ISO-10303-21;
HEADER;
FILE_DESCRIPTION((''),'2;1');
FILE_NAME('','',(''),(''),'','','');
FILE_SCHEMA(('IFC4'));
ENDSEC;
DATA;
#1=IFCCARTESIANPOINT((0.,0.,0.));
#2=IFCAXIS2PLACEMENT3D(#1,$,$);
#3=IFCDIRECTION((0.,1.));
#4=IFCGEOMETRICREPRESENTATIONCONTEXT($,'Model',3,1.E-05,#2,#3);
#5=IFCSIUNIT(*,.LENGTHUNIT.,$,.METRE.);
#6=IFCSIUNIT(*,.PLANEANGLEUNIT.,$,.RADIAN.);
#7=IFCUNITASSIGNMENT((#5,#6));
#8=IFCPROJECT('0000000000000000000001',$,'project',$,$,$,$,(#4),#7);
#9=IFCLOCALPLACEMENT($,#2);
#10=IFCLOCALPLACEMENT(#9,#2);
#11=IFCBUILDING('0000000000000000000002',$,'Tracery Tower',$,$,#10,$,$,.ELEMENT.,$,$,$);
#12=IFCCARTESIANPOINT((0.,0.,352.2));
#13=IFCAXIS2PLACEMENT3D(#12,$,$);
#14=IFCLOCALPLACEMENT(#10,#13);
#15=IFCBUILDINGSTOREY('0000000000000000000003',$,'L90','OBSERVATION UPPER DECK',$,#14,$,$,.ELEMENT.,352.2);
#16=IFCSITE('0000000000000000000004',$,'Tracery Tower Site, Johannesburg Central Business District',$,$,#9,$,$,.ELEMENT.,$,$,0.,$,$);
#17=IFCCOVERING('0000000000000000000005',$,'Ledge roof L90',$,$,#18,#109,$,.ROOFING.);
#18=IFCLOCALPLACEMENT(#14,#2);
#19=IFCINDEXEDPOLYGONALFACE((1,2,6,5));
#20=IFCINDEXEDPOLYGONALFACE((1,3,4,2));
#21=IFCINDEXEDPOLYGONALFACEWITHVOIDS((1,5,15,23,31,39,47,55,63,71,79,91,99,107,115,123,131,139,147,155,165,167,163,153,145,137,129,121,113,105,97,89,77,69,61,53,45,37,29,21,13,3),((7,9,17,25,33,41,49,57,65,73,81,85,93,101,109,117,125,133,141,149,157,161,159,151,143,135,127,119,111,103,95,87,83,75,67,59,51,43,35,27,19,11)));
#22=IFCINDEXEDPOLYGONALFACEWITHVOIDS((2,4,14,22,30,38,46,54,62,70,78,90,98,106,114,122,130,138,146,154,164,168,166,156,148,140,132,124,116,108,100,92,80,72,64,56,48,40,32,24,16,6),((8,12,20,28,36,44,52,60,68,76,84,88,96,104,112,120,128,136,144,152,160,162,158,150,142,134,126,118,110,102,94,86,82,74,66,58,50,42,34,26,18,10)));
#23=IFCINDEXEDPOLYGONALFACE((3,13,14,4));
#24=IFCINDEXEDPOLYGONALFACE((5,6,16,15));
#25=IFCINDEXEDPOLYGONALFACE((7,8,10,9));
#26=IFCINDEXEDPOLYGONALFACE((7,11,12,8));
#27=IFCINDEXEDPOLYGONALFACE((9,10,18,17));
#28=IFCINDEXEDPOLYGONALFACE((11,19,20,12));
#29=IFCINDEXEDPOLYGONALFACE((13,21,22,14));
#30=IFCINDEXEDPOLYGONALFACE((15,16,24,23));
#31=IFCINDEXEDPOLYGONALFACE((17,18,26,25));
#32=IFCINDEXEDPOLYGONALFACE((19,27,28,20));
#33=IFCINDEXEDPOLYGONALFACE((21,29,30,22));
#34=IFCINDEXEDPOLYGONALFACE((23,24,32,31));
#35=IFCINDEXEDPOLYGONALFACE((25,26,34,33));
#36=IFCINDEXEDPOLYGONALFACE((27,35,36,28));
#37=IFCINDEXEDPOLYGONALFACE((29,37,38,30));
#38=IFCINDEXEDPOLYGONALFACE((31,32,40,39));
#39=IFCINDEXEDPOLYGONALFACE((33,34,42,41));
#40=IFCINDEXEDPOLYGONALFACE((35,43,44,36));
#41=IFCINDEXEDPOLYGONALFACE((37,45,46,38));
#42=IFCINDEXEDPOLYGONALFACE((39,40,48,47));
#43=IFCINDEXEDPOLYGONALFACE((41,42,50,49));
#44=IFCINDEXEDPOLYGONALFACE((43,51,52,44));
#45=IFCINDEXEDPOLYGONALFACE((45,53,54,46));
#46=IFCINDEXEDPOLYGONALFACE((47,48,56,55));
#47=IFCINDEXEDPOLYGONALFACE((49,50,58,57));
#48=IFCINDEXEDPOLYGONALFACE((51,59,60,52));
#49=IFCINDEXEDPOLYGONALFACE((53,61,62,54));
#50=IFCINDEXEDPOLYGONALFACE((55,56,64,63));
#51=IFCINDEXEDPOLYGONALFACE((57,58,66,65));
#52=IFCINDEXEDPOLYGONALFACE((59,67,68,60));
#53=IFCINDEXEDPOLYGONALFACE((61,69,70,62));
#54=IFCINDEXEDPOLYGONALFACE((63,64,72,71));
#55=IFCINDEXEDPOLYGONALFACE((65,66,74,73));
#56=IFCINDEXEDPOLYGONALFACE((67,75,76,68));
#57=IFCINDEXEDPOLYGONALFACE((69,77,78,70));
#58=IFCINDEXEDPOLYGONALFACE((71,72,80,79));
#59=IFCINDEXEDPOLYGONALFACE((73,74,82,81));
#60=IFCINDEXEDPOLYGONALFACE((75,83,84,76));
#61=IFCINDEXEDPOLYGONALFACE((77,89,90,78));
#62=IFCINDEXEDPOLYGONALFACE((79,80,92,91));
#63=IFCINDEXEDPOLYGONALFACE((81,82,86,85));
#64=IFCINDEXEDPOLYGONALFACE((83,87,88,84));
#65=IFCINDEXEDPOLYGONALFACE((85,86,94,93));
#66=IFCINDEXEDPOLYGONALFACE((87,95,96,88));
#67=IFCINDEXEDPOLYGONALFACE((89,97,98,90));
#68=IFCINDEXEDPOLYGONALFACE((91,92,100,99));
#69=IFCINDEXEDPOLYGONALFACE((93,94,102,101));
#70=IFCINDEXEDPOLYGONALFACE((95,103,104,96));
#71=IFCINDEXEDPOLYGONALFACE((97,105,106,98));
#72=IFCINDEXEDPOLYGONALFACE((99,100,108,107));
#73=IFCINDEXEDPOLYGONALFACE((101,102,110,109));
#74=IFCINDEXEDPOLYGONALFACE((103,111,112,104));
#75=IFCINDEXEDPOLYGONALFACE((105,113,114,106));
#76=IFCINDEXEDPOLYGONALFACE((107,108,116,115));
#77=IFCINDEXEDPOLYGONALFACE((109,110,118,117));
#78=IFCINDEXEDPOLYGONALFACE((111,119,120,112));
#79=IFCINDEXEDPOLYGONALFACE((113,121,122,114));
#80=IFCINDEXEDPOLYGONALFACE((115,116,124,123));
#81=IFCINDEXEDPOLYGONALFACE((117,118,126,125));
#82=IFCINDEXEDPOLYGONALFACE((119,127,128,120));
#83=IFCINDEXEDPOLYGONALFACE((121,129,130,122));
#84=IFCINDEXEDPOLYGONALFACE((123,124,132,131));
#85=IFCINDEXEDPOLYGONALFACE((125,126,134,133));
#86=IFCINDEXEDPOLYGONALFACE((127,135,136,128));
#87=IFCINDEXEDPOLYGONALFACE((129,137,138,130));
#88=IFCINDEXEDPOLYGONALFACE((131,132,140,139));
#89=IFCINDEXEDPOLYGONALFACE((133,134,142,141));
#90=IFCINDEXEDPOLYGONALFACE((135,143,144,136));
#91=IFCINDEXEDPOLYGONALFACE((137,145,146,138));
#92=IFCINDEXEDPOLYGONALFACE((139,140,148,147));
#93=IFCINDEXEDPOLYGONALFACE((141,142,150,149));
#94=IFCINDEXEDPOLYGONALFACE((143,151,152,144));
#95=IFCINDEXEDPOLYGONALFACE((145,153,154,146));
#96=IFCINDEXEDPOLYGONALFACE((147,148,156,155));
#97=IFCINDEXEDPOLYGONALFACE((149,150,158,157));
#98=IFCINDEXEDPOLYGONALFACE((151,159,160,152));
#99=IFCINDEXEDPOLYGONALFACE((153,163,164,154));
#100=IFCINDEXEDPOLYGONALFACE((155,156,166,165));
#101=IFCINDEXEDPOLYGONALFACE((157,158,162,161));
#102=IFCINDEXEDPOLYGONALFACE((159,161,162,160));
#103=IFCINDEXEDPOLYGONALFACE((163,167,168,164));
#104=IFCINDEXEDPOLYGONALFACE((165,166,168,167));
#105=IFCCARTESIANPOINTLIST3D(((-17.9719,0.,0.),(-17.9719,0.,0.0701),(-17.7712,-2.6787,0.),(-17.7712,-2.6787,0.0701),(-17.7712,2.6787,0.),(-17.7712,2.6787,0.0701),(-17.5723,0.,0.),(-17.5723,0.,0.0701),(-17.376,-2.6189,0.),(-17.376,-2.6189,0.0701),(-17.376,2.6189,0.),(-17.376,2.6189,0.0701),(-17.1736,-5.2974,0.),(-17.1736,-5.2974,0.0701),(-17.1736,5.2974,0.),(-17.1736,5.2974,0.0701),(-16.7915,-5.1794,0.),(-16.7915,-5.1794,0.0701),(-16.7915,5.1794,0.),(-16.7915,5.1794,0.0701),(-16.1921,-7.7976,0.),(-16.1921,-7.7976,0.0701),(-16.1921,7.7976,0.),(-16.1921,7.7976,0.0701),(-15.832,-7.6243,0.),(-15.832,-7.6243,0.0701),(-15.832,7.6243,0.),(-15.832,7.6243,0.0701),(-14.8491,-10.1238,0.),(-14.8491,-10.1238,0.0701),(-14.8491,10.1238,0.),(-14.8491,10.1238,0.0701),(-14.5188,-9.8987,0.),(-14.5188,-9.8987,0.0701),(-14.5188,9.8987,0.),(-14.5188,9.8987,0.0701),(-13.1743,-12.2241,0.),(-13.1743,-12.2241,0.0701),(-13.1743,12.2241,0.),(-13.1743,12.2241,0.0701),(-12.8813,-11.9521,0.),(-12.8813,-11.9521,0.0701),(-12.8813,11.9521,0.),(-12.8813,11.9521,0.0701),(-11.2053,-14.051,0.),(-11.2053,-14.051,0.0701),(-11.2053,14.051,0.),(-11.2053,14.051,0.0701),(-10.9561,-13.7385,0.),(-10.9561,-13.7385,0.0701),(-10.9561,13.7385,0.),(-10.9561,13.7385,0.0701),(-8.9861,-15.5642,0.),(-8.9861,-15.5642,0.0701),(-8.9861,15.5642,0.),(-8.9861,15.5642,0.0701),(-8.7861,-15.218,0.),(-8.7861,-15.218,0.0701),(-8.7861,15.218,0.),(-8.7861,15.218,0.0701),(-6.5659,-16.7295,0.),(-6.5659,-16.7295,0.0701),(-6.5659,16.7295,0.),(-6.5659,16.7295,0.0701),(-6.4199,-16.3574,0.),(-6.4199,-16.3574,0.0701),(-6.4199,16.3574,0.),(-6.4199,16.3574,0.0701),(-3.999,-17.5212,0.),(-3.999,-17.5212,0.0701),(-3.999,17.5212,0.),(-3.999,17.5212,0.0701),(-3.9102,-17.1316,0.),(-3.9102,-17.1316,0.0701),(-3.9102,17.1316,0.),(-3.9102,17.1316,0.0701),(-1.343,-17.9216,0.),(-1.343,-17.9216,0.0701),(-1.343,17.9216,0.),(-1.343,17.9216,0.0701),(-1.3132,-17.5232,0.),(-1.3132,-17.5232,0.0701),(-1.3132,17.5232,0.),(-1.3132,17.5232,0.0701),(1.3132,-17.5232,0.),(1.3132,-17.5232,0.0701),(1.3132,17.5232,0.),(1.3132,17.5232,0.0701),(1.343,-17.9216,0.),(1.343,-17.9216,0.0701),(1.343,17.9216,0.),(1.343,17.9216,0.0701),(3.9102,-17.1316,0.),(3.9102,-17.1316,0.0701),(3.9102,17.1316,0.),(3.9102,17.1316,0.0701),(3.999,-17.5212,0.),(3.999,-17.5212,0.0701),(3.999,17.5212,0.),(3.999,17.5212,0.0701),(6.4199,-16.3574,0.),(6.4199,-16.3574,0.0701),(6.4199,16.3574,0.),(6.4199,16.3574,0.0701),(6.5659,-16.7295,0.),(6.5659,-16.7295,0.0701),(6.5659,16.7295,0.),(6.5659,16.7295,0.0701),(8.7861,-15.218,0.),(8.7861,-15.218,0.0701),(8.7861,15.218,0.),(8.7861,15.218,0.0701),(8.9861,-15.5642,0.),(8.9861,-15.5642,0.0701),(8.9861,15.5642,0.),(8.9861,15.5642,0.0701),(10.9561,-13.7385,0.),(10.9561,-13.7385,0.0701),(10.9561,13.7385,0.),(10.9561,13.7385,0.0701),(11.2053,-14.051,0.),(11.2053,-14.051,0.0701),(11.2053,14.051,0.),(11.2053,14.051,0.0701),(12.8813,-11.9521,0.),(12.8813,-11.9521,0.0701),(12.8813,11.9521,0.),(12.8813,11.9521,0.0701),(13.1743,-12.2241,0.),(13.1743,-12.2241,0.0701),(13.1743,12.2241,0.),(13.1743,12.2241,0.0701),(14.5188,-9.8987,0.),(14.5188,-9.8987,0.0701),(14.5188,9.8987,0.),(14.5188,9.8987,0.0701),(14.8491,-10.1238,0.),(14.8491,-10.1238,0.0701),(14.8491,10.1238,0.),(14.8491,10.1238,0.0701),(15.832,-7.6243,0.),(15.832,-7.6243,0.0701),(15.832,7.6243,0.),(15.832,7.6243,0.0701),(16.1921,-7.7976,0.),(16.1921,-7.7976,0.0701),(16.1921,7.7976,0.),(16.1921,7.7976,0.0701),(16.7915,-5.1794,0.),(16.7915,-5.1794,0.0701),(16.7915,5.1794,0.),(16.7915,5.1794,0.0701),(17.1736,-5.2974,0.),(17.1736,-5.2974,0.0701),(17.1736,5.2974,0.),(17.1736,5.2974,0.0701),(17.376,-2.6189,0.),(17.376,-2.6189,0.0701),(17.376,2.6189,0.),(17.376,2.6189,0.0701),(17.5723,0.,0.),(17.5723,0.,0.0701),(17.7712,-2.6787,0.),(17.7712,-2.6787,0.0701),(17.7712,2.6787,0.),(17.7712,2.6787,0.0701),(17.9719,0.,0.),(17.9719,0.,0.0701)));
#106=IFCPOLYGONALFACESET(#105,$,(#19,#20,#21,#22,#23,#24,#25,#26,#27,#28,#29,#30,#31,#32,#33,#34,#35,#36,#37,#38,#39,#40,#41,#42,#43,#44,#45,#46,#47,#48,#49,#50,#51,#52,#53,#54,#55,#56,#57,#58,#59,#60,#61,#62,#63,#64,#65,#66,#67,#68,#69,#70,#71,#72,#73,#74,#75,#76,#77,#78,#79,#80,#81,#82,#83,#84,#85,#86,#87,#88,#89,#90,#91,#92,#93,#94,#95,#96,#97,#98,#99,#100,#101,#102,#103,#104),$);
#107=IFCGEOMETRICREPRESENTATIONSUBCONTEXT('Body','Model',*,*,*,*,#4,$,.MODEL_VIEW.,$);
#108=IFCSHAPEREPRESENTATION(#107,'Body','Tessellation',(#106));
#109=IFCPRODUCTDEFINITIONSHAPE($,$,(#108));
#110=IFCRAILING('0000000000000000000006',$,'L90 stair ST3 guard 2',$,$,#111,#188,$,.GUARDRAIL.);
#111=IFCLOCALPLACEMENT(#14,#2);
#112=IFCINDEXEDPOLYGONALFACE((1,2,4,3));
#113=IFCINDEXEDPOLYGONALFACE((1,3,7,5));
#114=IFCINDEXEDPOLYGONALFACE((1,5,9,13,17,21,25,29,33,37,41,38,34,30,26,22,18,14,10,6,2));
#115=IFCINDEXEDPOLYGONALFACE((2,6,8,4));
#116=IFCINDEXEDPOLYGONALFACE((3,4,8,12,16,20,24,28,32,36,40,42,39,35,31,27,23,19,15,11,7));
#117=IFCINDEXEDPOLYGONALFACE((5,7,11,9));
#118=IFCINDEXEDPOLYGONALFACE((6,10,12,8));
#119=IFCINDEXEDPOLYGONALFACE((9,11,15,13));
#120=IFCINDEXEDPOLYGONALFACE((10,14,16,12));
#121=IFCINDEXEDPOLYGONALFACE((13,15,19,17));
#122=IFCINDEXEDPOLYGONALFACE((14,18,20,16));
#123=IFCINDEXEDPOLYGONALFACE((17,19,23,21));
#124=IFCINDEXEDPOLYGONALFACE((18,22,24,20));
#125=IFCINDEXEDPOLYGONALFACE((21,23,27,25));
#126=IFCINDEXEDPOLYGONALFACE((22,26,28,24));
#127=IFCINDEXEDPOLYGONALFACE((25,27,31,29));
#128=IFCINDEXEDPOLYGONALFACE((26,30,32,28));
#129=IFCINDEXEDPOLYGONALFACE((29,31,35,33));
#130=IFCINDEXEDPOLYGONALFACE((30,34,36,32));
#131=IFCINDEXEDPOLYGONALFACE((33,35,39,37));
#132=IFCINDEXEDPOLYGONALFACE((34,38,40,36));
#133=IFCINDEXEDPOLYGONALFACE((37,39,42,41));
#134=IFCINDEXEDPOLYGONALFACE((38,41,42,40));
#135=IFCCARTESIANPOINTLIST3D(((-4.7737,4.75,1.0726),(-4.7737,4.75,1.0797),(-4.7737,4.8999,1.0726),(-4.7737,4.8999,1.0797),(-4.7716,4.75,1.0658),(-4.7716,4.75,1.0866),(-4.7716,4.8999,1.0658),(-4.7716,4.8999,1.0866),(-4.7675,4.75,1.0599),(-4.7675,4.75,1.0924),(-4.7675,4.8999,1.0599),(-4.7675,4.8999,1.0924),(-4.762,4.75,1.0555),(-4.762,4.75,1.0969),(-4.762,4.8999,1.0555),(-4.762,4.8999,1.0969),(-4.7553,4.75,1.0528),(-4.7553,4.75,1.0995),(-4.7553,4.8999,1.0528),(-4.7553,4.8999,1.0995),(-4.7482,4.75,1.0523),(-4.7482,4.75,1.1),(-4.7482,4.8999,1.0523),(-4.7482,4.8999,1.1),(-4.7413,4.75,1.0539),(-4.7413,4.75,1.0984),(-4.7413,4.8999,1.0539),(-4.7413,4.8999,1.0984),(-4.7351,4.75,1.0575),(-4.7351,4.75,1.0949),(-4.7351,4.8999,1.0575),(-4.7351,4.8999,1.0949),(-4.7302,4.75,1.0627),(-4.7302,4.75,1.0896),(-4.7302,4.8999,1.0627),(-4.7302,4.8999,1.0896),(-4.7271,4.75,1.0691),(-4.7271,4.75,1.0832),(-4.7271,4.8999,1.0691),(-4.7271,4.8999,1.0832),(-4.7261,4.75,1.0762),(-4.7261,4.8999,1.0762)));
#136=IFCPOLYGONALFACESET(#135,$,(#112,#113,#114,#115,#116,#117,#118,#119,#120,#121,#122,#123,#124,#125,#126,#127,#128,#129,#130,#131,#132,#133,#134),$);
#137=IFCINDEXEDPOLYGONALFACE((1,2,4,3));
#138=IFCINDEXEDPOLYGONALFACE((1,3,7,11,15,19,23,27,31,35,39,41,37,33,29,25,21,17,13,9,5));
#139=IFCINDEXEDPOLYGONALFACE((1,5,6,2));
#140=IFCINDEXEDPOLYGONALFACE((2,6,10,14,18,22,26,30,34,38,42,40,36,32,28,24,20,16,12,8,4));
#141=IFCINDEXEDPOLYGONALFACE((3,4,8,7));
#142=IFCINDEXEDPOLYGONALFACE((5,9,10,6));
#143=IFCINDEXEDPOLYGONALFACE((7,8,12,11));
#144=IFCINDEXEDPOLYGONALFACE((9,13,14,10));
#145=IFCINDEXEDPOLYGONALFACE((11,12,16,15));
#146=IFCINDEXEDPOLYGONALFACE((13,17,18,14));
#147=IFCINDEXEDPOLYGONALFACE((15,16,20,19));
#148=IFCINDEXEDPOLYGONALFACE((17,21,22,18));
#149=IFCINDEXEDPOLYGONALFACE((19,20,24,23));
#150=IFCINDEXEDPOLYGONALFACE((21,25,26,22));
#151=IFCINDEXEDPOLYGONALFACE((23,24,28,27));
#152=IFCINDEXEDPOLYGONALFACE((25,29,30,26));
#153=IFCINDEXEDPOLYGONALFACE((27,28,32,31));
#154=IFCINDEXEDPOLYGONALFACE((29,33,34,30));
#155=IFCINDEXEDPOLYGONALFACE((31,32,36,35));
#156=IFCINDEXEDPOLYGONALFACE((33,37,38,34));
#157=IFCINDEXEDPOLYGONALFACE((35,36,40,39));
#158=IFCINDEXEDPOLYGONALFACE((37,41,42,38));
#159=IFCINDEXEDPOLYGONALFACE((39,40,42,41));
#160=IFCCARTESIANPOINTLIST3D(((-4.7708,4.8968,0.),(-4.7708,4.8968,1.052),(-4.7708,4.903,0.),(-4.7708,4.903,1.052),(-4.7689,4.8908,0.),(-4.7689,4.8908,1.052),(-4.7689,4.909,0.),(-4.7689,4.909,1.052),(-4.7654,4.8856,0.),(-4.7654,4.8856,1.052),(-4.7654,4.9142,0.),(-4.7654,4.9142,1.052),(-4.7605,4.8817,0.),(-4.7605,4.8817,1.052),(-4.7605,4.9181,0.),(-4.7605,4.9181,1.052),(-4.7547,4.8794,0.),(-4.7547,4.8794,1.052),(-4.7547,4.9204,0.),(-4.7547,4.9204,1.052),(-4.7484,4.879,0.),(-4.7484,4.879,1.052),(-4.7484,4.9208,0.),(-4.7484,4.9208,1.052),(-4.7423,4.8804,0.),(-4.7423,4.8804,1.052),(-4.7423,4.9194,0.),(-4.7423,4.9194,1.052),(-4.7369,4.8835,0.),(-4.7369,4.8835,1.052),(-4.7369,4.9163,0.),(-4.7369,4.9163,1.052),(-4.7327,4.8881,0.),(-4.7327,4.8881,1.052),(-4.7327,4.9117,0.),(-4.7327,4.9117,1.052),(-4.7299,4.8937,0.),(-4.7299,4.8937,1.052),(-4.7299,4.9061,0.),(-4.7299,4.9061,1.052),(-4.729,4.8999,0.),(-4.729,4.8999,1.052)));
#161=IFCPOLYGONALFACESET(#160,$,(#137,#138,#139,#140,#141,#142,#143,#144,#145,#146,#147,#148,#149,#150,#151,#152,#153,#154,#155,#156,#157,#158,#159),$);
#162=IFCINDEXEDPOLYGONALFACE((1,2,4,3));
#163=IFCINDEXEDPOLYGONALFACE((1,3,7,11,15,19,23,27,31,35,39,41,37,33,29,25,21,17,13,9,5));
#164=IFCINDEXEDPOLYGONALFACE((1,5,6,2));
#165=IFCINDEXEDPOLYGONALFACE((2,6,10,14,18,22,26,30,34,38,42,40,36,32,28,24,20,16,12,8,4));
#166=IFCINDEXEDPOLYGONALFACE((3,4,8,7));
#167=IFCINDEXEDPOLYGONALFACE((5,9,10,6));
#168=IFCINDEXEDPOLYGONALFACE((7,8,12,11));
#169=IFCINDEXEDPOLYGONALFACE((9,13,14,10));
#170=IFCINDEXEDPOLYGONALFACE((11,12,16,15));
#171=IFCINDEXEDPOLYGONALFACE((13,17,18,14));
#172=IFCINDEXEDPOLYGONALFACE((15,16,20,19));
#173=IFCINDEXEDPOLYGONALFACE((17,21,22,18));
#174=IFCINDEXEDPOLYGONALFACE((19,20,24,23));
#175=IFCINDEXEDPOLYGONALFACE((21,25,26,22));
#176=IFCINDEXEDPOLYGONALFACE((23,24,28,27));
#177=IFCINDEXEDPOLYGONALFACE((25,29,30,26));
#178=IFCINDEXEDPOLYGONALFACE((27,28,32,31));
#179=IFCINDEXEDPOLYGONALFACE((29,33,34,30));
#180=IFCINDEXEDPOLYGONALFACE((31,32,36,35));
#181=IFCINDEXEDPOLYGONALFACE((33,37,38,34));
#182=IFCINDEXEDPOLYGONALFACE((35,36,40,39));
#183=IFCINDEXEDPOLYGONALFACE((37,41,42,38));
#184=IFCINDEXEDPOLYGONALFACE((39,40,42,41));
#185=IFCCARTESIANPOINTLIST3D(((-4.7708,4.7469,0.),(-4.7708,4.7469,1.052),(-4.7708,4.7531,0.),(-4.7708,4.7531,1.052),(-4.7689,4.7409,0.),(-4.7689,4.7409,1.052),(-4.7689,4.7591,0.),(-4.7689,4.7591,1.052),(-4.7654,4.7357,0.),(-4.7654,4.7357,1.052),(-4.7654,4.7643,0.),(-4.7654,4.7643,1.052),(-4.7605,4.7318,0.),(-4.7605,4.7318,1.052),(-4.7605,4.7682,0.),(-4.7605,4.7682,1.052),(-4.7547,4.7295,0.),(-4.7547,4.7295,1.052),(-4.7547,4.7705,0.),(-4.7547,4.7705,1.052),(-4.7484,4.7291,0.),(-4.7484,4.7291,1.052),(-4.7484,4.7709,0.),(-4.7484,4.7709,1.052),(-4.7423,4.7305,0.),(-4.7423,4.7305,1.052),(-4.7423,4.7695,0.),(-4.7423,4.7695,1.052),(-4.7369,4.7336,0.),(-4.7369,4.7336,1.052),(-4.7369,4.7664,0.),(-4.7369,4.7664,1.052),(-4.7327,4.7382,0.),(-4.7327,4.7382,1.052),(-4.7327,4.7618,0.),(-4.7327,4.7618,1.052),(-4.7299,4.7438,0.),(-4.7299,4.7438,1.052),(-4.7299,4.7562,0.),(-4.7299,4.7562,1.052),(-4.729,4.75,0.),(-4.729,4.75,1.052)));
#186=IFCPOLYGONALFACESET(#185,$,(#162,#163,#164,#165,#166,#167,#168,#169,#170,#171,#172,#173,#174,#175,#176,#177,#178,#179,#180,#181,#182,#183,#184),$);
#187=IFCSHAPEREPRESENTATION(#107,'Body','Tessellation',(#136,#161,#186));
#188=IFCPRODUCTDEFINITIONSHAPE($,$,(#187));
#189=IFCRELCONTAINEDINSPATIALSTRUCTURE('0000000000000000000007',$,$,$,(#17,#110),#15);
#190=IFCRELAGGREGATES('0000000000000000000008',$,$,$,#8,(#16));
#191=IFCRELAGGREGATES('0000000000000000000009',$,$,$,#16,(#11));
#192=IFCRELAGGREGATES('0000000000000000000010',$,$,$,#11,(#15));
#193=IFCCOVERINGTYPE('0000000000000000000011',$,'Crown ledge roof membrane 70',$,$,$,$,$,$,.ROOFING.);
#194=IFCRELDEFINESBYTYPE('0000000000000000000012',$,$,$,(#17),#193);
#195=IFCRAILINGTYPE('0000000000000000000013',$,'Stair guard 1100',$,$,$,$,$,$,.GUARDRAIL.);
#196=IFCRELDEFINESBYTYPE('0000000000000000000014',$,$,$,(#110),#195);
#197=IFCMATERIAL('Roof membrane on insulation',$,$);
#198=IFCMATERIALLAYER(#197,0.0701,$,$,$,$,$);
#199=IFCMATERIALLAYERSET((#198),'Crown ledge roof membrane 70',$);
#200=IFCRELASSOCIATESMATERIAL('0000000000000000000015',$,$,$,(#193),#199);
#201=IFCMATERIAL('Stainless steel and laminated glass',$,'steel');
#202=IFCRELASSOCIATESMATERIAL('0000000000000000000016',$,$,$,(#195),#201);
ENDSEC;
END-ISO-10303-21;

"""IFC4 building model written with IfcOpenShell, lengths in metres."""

from ifc_helpers import new_model, si_unit, direction, frame, origin, origin_2d, place, context, subcontext, project, spatial, polyline, circle, outline, extrude, material, layer, layer_set, type_object, element, save


model = new_model("IFC4")

# Units and contexts
model_context = context("Model", 3, precision=1e-05, world=origin(), true_north=direction((0.0, 1.0)))
body_context = subcontext(model_context, "Body", "Model", "MODEL_VIEW")
ifc_project = project(units=[si_unit("LENGTHUNIT", "METRE"), si_unit("PLANEANGLEUNIT", "RADIAN")], contexts=[model_context])

# Site, building, storey
site_placement = place(None, origin())
site = spatial("IfcSite", under=ifc_project, at=site_placement, Name="Tracery Tower Site, Johannesburg Central Business District", CompositionType="ELEMENT", RefElevation=0.0)
building_placement = place(site_placement, origin())
building = spatial("IfcBuilding", under=site, at=building_placement, Name="Tracery Tower", CompositionType="ELEMENT")
storey_placement = place(building_placement, frame((0.0, 0.0, 352.2)))
storey = spatial("IfcBuildingStorey", under=building, at=storey_placement, Name="L90", Description="OBSERVATION UPPER DECK", CompositionType="ELEMENT", Elevation=352.2)

# Covering
ifc_material_1 = material(Name="Roof membrane on insulation")
ifc_layer_1 = layer(ifc_material_1, 0.0701)
ifc_layer_set_1 = layer_set([ifc_layer_1], Name="Crown ledge roof membrane 70")
covering_type = type_object("IfcCoveringType", Name="Crown ledge roof membrane 70", PredefinedType="ROOFING", material=ifc_layer_set_1)
covering_placement = place(storey_placement, origin())
element("IfcCovering", 1, at=covering_placement, inside=storey, type_object=covering_type, Name="Ledge roof L90", PredefinedType="ROOFING", context=body_context, shape_type="SweptSolid", body=[
    extrude(outline(polyline([(17.9719, 0.0), (17.7712, 2.6787), (17.1736, 5.2974), (16.1921, 7.7976), (14.8491, 10.1238), (13.1743, 12.2241), (11.2053, 14.051), (8.9861, 15.5642), (6.5659, 16.7295), (3.999, 17.5212), (1.343, 17.9216), (-1.343, 17.9216), (-3.999, 17.5212), (-6.5659, 16.7295), (-8.9861, 15.5642), (-11.2053, 14.051), (-13.1743, 12.2241), (-14.8491, 10.1238), (-16.1921, 7.7976), (-17.1736, 5.2974), (-17.7712, 2.6787), (-17.9719, 0.0), (-17.7712, -2.6787), (-17.1736, -5.2974), (-16.1921, -7.7976), (-14.8491, -10.1238), (-13.1743, -12.2241), (-11.2053, -14.051), (-8.9861, -15.5642), (-6.5659, -16.7295), (-3.999, -17.5212), (-1.343, -17.9216), (1.343, -17.9216), (3.999, -17.5212), (6.5659, -16.7295), (8.9861, -15.5642), (11.2053, -14.051), (13.1743, -12.2241), (14.8491, -10.1238), (16.1921, -7.7976), (17.1736, -5.2974), (17.7712, -2.6787), (17.9719, 0.0)]), holes=[polyline([(17.5723, 0.0), (17.376, -2.6189), (16.7915, -5.1794), (15.832, -7.6243), (14.5188, -9.8987), (12.8813, -11.9521), (10.9561, -13.7385), (8.7861, -15.218), (6.4199, -16.3574), (3.9102, -17.1316), (1.3132, -17.5232), (-1.3132, -17.5232), (-3.9102, -17.1316), (-6.4199, -16.3574), (-8.7861, -15.218), (-10.9561, -13.7385), (-12.8813, -11.9521), (-14.5188, -9.8987), (-15.832, -7.6243), (-16.7915, -5.1794), (-17.376, -2.6189), (-17.5723, 0.0), (-17.376, 2.6189), (-16.7915, 5.1794), (-15.832, 7.6243), (-14.5188, 9.8987), (-12.8813, 11.9521), (-10.9561, 13.7385), (-8.7861, 15.218), (-6.4199, 16.3574), (-3.9102, 17.1316), (-1.3132, 17.5232), (1.3132, 17.5232), (3.9102, 17.1316), (6.4199, 16.3574), (8.7861, 15.218), (10.9561, 13.7385), (12.8813, 11.9521), (14.5188, 9.8987), (15.832, 7.6243), (16.7915, 5.1794), (17.376, 2.6189), (17.5723, 0.0)])]), origin(), (0.0, 0.0, 1.0), 0.0701),
])

# Railing
ifc_material_2 = material(Name="Stainless steel and laminated glass", Category="steel")
railing_type_1 = type_object("IfcRailingType", Name="Stair guard 1100", PredefinedType="GUARDRAIL", material=ifc_material_2)
railing_1_placement = place(storey_placement, frame((-4.75, 4.8999, 0.0)))
element("IfcRailing", 2, at=railing_1_placement, inside=storey, type_object=railing_type_1, Name="L90 stair ST3 guard 2", PredefinedType="GUARDRAIL", context=body_context, shape_type="SweptSolid", body=[
    extrude(circle(Radius=0.0239, at=origin_2d()), frame((0.0, 0.0, 1.0762), z_axis=(0.0, -1.0, 0.0), x_axis=(1.0, 0.0, 0.0)), (0.0, 0.0, 1.0), 0.1499),
    extrude(circle(Radius=0.021, at=origin_2d()), origin(), (0.0, 0.0, 1.0), 1.052),
    extrude(circle(Radius=0.021, at=origin_2d()), frame((0.0, -0.1499, 0.0)), (0.0, 0.0, 1.0), 1.052),
])

save(model, "model.ifc")
